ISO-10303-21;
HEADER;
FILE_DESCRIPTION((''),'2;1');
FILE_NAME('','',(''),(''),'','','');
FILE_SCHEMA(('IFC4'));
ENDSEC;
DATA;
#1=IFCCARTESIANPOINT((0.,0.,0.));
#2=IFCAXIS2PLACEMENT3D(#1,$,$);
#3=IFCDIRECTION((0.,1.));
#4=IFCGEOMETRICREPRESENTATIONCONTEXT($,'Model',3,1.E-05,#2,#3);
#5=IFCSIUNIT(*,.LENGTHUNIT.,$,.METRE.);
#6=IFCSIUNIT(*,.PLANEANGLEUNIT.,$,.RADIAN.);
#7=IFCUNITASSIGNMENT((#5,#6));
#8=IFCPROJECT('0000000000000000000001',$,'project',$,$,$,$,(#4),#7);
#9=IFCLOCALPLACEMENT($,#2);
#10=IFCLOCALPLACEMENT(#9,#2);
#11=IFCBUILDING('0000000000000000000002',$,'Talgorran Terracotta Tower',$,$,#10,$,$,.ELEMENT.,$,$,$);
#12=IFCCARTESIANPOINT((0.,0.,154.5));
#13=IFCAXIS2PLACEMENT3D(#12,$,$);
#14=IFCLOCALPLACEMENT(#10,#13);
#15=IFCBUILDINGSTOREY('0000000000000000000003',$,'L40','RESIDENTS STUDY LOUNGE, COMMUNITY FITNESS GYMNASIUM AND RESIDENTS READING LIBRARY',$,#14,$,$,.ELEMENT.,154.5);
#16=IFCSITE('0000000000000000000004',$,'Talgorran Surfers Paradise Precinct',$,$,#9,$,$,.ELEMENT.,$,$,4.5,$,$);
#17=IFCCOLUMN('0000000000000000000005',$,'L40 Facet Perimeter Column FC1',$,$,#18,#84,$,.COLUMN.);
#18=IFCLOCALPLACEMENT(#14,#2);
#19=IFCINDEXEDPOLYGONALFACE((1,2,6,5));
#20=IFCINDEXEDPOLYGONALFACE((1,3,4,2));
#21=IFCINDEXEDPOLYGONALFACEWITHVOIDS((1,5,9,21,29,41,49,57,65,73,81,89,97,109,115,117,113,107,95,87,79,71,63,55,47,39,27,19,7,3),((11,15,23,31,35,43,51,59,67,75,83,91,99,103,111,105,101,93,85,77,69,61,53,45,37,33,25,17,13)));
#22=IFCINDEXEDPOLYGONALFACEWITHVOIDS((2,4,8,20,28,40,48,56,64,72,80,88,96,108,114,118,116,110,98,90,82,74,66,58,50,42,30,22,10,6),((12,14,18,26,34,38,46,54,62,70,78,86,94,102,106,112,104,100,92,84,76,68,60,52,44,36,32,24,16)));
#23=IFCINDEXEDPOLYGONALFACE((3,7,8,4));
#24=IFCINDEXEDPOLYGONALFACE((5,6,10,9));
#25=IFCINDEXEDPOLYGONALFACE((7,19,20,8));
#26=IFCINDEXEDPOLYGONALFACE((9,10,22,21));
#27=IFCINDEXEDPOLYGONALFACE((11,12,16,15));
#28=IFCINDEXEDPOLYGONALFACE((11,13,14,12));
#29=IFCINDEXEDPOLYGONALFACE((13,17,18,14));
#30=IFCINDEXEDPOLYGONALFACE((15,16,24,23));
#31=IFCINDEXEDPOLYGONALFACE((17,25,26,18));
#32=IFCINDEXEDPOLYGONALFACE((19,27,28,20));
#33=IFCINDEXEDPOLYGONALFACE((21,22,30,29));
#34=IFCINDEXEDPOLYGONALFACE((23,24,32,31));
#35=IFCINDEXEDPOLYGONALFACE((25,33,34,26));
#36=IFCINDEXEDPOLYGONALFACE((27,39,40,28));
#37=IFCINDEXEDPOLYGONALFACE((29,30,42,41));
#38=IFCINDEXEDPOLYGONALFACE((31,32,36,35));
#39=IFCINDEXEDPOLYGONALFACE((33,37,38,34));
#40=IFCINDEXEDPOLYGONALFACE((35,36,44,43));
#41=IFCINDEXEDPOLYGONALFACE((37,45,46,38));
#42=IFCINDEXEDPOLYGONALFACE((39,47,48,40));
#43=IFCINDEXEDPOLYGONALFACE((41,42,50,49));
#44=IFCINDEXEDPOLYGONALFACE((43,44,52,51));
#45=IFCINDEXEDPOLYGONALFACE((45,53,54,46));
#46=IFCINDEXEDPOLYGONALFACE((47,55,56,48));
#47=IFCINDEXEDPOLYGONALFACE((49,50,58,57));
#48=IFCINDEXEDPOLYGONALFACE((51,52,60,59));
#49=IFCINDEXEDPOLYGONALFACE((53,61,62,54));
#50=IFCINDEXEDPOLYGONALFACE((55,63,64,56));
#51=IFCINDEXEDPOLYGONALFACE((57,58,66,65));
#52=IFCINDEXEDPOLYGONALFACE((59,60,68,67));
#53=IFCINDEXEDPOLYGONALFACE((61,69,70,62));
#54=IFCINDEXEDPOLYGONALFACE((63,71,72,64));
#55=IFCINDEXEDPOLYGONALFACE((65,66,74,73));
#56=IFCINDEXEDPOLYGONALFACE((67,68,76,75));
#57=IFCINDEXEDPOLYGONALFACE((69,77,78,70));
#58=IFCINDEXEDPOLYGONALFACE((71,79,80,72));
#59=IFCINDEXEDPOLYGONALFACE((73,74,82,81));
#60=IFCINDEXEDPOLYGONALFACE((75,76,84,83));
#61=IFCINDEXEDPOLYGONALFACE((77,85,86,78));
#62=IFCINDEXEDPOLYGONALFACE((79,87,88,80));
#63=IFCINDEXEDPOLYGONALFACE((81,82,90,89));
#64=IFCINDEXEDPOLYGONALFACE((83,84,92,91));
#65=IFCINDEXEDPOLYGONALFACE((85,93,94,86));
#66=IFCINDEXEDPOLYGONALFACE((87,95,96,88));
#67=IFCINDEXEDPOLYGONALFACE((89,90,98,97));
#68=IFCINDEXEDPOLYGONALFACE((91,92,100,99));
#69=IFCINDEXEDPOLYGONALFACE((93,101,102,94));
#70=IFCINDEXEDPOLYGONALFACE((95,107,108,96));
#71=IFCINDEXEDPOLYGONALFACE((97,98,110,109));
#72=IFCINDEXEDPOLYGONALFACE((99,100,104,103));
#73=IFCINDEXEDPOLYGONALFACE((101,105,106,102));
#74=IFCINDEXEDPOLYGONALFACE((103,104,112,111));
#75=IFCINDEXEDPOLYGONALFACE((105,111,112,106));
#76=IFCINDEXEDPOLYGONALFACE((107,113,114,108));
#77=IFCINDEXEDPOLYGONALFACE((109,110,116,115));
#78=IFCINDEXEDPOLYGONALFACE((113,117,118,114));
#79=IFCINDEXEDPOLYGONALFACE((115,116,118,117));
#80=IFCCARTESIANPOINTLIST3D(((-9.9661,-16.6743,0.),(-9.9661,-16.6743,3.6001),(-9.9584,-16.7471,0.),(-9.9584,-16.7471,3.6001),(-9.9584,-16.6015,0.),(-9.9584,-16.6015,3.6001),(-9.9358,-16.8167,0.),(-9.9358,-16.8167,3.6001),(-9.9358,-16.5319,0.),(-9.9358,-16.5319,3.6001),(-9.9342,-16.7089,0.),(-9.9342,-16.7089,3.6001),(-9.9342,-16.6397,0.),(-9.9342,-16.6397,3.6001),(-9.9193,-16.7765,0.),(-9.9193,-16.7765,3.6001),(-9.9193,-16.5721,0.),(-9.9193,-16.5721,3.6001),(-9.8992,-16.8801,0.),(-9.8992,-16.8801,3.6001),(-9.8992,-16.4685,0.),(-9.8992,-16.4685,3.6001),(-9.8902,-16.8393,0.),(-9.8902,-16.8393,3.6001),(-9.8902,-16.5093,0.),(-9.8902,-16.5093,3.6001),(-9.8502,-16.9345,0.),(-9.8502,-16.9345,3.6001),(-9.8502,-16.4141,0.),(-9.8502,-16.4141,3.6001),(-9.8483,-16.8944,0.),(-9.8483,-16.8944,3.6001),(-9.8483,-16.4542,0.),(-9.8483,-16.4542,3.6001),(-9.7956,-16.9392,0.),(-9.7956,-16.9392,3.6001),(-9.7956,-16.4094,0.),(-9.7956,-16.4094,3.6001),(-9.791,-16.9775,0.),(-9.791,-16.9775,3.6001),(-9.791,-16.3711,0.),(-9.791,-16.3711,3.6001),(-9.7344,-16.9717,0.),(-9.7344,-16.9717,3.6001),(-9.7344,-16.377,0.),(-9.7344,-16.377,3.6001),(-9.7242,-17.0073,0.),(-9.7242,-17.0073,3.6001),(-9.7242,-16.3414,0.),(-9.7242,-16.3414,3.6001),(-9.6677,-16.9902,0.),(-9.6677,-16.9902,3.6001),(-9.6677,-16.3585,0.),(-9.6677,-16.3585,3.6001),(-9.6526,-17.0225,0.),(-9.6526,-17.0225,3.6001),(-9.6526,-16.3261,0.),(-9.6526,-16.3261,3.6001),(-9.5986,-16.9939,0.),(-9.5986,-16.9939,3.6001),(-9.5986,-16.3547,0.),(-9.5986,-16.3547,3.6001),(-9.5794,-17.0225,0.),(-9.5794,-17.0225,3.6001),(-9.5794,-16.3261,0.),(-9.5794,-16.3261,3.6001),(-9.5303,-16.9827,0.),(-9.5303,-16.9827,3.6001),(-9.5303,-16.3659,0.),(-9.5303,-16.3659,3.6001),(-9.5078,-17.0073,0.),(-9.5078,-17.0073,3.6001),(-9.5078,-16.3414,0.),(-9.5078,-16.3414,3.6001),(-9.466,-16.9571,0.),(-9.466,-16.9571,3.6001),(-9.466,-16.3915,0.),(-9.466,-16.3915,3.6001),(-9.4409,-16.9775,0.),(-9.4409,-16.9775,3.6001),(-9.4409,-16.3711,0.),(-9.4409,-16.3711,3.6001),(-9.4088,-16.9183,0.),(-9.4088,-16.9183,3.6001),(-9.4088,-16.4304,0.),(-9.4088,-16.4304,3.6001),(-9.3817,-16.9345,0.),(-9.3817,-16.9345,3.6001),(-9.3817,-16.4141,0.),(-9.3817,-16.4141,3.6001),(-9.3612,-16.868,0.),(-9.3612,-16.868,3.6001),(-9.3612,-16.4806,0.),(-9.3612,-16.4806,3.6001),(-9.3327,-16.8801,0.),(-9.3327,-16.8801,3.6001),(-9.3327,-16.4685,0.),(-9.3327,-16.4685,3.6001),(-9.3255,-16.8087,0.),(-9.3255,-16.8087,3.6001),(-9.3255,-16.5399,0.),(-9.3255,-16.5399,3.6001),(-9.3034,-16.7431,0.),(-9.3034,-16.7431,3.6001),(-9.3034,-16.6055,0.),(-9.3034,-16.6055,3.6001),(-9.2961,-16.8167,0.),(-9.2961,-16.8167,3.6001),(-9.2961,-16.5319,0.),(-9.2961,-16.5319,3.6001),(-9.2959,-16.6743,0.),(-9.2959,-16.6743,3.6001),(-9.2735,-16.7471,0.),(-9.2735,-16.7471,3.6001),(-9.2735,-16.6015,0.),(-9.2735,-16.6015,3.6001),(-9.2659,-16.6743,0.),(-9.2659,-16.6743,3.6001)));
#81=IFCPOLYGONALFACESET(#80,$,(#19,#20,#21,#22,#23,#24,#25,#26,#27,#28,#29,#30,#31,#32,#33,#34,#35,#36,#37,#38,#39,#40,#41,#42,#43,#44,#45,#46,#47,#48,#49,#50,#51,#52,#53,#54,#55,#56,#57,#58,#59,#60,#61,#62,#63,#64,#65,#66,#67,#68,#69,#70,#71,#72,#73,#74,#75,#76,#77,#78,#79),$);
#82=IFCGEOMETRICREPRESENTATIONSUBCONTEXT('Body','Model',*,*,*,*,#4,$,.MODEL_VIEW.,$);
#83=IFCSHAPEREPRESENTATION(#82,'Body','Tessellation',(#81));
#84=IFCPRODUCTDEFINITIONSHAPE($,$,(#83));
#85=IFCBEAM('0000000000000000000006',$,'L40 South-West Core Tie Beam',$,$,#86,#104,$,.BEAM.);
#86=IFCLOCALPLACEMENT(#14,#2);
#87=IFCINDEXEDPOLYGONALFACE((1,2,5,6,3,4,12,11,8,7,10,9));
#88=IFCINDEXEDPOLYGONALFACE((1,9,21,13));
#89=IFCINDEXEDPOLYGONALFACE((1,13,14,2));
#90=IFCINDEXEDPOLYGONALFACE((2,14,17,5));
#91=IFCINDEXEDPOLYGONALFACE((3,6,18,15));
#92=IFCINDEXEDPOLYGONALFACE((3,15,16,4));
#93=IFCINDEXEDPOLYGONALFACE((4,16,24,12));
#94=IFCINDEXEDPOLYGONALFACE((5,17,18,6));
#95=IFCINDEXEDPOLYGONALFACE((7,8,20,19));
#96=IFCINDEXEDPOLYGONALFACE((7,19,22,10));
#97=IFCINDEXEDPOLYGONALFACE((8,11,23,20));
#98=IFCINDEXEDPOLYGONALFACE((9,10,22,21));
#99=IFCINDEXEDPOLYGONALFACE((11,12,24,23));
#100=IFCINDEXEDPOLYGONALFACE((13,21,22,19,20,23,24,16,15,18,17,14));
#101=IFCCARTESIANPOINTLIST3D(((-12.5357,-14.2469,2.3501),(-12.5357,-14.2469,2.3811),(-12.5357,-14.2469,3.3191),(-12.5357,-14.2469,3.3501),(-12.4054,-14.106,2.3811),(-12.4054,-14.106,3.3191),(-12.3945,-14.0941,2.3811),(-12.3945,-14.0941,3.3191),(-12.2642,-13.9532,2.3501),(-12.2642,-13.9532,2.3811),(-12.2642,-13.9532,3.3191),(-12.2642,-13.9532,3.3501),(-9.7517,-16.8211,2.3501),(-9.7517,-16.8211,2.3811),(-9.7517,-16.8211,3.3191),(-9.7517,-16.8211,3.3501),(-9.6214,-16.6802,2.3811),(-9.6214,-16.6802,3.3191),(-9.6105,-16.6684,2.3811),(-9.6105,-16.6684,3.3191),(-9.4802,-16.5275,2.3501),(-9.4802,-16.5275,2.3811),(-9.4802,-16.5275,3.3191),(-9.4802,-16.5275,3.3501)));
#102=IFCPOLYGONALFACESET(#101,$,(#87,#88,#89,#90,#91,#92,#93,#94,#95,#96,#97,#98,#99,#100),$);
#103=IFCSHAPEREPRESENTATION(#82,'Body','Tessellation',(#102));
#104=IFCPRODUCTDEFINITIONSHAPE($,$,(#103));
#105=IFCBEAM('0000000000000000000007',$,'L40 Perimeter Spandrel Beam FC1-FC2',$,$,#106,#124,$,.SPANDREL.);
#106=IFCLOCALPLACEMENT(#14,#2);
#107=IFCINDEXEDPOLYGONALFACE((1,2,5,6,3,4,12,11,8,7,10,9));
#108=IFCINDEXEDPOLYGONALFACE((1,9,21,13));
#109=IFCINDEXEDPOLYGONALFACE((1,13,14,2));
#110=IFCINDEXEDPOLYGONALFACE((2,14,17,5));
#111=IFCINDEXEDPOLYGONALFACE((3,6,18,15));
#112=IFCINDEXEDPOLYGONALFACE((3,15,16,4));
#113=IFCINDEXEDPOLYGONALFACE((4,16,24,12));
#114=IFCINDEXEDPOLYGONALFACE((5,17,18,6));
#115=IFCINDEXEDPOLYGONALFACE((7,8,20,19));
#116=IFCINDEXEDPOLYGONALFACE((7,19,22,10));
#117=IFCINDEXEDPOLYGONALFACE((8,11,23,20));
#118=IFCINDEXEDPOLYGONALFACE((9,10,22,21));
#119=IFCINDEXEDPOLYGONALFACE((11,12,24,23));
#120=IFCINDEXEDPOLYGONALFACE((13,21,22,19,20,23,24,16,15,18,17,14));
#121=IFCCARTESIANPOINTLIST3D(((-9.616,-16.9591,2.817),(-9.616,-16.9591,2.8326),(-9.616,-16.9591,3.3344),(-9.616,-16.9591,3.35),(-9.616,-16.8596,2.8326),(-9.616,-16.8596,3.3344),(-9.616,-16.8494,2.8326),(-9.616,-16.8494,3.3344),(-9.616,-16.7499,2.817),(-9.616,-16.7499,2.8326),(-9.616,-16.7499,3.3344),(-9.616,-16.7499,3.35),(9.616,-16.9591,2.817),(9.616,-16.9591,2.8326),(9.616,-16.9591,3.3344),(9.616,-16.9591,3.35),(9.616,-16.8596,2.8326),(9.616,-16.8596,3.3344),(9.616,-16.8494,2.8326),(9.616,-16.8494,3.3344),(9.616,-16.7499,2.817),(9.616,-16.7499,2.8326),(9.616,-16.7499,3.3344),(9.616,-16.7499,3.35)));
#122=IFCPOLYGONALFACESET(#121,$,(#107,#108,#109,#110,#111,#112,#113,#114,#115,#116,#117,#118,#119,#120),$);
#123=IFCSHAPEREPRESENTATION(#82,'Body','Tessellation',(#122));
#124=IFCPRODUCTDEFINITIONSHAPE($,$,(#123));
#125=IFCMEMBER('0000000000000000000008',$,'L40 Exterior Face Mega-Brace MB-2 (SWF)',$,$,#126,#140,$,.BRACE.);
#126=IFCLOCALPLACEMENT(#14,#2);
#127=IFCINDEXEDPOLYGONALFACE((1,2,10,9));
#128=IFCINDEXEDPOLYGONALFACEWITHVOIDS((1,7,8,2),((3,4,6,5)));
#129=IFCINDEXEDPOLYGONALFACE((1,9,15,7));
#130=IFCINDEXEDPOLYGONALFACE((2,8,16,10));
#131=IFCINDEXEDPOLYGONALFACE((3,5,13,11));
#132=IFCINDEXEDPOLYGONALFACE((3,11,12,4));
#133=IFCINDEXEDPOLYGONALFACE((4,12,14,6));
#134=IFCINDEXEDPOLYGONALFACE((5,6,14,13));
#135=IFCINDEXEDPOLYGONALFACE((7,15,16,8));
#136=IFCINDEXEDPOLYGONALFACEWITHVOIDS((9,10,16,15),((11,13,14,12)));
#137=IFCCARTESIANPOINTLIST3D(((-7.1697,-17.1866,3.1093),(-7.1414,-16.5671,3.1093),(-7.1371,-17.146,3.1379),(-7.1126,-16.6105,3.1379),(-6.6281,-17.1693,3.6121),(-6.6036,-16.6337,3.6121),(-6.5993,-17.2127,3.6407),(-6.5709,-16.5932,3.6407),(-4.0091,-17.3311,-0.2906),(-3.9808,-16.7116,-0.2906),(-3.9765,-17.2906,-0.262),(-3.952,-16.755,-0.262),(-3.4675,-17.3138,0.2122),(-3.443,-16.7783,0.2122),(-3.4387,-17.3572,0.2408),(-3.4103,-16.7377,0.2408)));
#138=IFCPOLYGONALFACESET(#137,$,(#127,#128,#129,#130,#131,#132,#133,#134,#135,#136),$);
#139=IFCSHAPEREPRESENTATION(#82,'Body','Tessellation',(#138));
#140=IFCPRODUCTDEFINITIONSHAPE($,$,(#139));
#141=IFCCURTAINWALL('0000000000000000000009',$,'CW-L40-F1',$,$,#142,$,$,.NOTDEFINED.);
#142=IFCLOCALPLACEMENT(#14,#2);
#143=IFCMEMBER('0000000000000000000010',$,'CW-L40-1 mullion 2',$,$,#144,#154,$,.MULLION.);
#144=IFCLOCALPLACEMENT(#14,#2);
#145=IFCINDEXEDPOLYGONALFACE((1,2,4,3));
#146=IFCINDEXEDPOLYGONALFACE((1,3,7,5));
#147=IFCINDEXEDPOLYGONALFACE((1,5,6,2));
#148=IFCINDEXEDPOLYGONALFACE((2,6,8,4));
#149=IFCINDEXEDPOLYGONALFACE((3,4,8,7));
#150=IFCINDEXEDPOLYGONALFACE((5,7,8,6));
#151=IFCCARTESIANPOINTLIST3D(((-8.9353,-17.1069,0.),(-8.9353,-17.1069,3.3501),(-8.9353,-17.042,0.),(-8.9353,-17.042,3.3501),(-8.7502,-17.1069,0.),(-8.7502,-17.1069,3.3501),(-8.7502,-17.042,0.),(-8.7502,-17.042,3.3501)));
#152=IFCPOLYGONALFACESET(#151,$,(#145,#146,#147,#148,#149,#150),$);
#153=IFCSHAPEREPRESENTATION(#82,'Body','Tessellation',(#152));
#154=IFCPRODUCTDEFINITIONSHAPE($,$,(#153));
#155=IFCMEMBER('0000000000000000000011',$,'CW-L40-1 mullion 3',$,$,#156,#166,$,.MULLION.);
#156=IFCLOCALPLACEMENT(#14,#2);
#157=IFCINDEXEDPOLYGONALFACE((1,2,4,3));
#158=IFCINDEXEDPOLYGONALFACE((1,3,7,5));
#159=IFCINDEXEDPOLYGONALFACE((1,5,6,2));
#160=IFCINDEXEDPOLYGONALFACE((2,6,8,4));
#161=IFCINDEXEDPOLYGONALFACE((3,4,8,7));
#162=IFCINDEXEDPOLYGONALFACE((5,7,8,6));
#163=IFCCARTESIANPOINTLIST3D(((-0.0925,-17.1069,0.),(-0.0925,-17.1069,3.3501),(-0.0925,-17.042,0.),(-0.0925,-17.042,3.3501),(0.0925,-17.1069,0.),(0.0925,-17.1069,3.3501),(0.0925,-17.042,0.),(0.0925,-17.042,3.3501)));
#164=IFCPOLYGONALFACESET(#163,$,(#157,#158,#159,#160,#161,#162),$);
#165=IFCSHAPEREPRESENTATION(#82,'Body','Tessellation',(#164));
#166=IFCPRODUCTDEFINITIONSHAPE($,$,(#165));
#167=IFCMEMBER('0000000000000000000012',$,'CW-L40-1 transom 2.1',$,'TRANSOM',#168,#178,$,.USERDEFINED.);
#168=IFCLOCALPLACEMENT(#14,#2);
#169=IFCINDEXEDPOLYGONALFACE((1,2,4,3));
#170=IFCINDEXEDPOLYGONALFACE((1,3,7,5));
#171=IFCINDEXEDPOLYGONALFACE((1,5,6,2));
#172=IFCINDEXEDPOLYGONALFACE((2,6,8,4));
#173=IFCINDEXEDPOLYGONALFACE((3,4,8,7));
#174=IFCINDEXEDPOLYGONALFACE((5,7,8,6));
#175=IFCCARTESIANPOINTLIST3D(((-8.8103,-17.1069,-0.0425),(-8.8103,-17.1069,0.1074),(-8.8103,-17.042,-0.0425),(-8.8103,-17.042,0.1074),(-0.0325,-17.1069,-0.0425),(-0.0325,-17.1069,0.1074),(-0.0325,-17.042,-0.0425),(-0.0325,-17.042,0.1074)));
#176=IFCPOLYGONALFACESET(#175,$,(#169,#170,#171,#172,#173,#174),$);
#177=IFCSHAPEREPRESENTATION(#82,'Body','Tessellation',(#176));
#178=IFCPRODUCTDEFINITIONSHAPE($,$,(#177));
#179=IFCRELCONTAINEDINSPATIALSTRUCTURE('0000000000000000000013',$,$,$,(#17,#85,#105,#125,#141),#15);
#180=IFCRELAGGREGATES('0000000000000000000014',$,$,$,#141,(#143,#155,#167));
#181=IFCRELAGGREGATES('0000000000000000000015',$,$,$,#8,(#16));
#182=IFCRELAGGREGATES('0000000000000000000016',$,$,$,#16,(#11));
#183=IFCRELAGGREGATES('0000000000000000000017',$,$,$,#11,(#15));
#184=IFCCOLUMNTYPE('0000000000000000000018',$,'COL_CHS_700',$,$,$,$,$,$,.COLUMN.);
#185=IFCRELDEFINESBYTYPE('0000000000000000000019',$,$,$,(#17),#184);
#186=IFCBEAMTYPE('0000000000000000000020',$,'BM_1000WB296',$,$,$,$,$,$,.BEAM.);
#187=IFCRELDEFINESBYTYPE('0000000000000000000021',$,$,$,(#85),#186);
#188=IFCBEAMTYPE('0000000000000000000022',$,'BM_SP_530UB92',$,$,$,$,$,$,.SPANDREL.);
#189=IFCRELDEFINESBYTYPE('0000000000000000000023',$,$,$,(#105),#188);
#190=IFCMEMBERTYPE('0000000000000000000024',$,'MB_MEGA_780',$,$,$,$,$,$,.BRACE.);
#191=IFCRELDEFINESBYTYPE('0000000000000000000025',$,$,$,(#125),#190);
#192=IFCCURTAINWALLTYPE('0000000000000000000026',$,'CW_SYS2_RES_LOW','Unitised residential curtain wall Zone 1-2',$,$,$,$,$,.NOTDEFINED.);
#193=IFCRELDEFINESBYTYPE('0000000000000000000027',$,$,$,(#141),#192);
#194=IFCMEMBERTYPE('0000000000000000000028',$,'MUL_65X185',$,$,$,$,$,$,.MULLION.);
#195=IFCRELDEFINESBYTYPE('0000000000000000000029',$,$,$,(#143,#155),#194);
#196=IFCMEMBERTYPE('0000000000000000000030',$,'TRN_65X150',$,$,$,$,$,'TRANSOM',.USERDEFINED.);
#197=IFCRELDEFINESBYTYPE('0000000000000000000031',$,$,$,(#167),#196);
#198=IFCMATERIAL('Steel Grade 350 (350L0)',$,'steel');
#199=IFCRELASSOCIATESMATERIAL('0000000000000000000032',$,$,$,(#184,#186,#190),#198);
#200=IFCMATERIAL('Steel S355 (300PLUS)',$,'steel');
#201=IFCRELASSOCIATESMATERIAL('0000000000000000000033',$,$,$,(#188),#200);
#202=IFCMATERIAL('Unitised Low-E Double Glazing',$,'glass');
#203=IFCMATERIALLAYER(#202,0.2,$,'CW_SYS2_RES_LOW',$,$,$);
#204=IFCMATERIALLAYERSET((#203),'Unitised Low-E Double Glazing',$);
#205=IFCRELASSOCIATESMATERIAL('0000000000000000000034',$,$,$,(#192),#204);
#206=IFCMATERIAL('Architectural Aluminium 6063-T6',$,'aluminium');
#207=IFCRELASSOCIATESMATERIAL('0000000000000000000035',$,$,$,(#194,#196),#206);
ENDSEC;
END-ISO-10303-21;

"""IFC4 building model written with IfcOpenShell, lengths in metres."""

from ifc_helpers import new_model, si_unit, direction, frame, origin, origin_2d, place, context, subcontext, project, spatial, rectangle, hollow_rectangle, hollow_circle, i_section, extrude, material, layer, layer_set, material_profile, profile_set, type_object, element, aggregate, save


model = new_model("IFC4")

# Units and contexts
model_context = context("Model", 3, precision=1e-05, world=origin(), true_north=direction((0.0, 1.0)))
body_context = subcontext(model_context, "Body", "Model", "MODEL_VIEW")
ifc_project = project(units=[si_unit("LENGTHUNIT", "METRE"), si_unit("PLANEANGLEUNIT", "RADIAN")], contexts=[model_context])

# Site, building, storey
site_placement = place(None, origin())
site = spatial("IfcSite", under=ifc_project, at=site_placement, Name="Talgorran Surfers Paradise Precinct", CompositionType="ELEMENT", RefElevation=4.5)
building_placement = place(site_placement, origin())
building = spatial("IfcBuilding", under=site, at=building_placement, Name="Talgorran Terracotta Tower", CompositionType="ELEMENT")
storey_placement = place(building_placement, frame((0.0, 0.0, 154.5)))
storey = spatial("IfcBuildingStorey", under=building, at=storey_placement, Name="L40", Description="RESIDENTS STUDY LOUNGE, COMMUNITY FITNESS GYMNASIUM AND RESIDENTS READING LIBRARY", CompositionType="ELEMENT", Elevation=154.5)

# Column
ifc_material_1 = material(Name="Steel Grade 350 (350L0)", Category="steel")
ifc_material_profile_1 = material_profile(ifc_material_1, hollow_circle(Radius=0.3501, WallThickness=0.03, at=origin_2d()), Name="CHS700X30")
ifc_profile_set_1 = profile_set([ifc_material_profile_1], Name="Steel Grade 350 (350L0)")
column_type = type_object("IfcColumnType", Name="COL_CHS_700", PredefinedType="COLUMN", material=ifc_profile_set_1)
column_placement = place(storey_placement, frame((-9.616, -16.6743, 0.0), z_axis=(0.0, 0.0, 1.0), x_axis=(1.0, 0.0, 0.0)))
element("IfcColumn", 1, at=column_placement, inside=storey, type_object=column_type, Name="L40 Facet Perimeter Column FC1", PredefinedType="COLUMN", context=body_context, shape_type="SweptSolid", body=[
    extrude(hollow_circle(Radius=0.3501, WallThickness=0.03, at=origin_2d()), origin(), (0.0, 0.0, 1.0), 3.6001),
])

# Beams
ifc_material_profile_2 = material_profile(ifc_material_1, i_section(OverallWidth=0.3999, OverallDepth=1.0, WebThickness=0.0161, FlangeThickness=0.031, at=origin_2d()), Name="1000WB296")
ifc_profile_set_2 = profile_set([ifc_material_profile_2], Name="Steel Grade 350 (350L0)")
beam_type_1 = type_object("IfcBeamType", Name="BM_1000WB296", PredefinedType="BEAM", material=ifc_profile_set_2)
beam_1_placement = place(storey_placement, frame((-9.616, -16.6743, 2.8501), z_axis=(-0.734221, 0.678911, 0.0), x_axis=(-0.678911, -0.734221, 0.0)))
element("IfcBeam", 2, at=beam_1_placement, inside=storey, type_object=beam_type_1, Name="L40 South-West Core Tie Beam", PredefinedType="BEAM", context=body_context, shape_type="SweptSolid", body=[
    extrude(i_section(OverallWidth=0.3999, OverallDepth=1.0, WebThickness=0.0161, FlangeThickness=0.031, at=origin_2d()), origin(), (0.0, 0.0, 1.0), 3.7917),
])
ifc_material_2 = material(Name="Steel S355 (300PLUS)", Category="steel")
ifc_material_profile_3 = material_profile(ifc_material_2, i_section(OverallWidth=0.2092, OverallDepth=0.533, WebThickness=0.0103, FlangeThickness=0.0156, at=origin_2d()), Name="530UB92.4")
ifc_profile_set_3 = profile_set([ifc_material_profile_3], Name="Steel S355 (300PLUS)")
beam_type_2 = type_object("IfcBeamType", Name="BM_SP_530UB92", PredefinedType="SPANDREL", material=ifc_profile_set_3)
beam_2_placement = place(storey_placement, frame((-9.616, -16.8545, 3.0835), z_axis=(1.0, 0.0, 0.0), x_axis=(0.0, 1.0, 0.0)))
element("IfcBeam", 3, at=beam_2_placement, inside=storey, type_object=beam_type_2, Name="L40 Perimeter Spandrel Beam FC1-FC2", PredefinedType="SPANDREL", context=body_context, shape_type="SweptSolid", body=[
    extrude(i_section(OverallWidth=0.2092, OverallDepth=0.533, WebThickness=0.0103, FlangeThickness=0.0156, at=origin_2d()), origin(), (0.0, 0.0, 1.0), 19.2319),
])

# Member
ifc_material_profile_4 = material_profile(ifc_material_1, hollow_rectangle(XDim=0.6201, YDim=0.78, WallThickness=0.042, at=origin_2d()), Name="WBOX780X620X42")
ifc_profile_set_4 = profile_set([ifc_material_profile_4], Name="Steel Grade 350 (350L0)")
member_type_1 = type_object("IfcMemberType", Name="MB_MEGA_780", PredefinedType="BRACE", material=ifc_profile_set_4)
member_1_placement = place(storey_placement, frame((-3.7097, -17.0344, -0.0249), z_axis=(-0.680537, 0.03112, 0.732053), x_axis=(-0.045681, -0.998956, 0.0)))
element("IfcMember", 4, at=member_1_placement, inside=storey, type_object=member_type_1, Name="L40 Exterior Face Mega-Brace MB-2 (SWF)", PredefinedType="BRACE", context=body_context, shape_type="SweptSolid", body=[
    extrude(hollow_rectangle(XDim=0.6201, YDim=0.78, WallThickness=0.042, at=origin_2d()), origin(), (0.0, 0.0, 1.0), 4.6443),
])

# Curtain wall, members
ifc_material_3 = material(Name="Unitised Low-E Double Glazing", Category="glass")
ifc_layer_1 = layer(ifc_material_3, 0.2, Name="CW_SYS2_RES_LOW")
ifc_layer_set_1 = layer_set([ifc_layer_1], Name="Unitised Low-E Double Glazing")
curtain_wall_type = type_object("IfcCurtainWallType", Name="CW_SYS2_RES_LOW", Description="Unitised residential curtain wall Zone 1-2", PredefinedType="NOTDEFINED", material=ifc_layer_set_1)
curtain_wall_placement = place(storey_placement, origin())
curtain_wall = element("IfcCurtainWall", 5, at=curtain_wall_placement, inside=storey, type_object=curtain_wall_type, Name="CW-L40-F1", PredefinedType="NOTDEFINED")
ifc_material_4 = material(Name="Architectural Aluminium 6063-T6", Category="aluminium")
ifc_material_profile_5 = material_profile(ifc_material_4, rectangle(XDim=0.0649, YDim=0.1851, at=origin_2d()), Name="CWM65X185")
ifc_profile_set_5 = profile_set([ifc_material_profile_5], Name="Architectural Aluminium 6063-T6")
member_type_2 = type_object("IfcMemberType", Name="MUL_65X185", PredefinedType="MULLION", material=ifc_profile_set_5)
member_2_placement = place(storey_placement, frame((-8.8428, -17.0745, 0.0), z_axis=(0.0, 0.0, 1.0), x_axis=(0.0, 1.0, 0.0)))
member_2 = element("IfcMember", 6, at=member_2_placement, type_object=member_type_2, Name="CW-L40-1 mullion 2", PredefinedType="MULLION", context=body_context, shape_type="SweptSolid", body=[
    extrude(rectangle(XDim=0.0649, YDim=0.1851, at=origin_2d()), origin(), (0.0, 0.0, 1.0), 3.3501),
])
member_3_placement = place(storey_placement, frame((0.0, -17.0745, 0.0), z_axis=(0.0, 0.0, 1.0), x_axis=(0.0, 1.0, 0.0)))
member_3 = element("IfcMember", 7, at=member_3_placement, type_object=member_type_2, Name="CW-L40-1 mullion 3", PredefinedType="MULLION", context=body_context, shape_type="SweptSolid", body=[
    extrude(rectangle(XDim=0.0649, YDim=0.1851, at=origin_2d()), origin(), (0.0, 0.0, 1.0), 3.3501),
])
ifc_material_profile_6 = material_profile(ifc_material_4, rectangle(XDim=0.0649, YDim=0.1499, at=origin_2d()), Name="CWT65X150")
ifc_profile_set_6 = profile_set([ifc_material_profile_6], Name="Architectural Aluminium 6063-T6")
member_type_3 = type_object("IfcMemberType", Name="TRN_65X150", ElementType="TRANSOM", PredefinedType="USERDEFINED", material=ifc_profile_set_6)
member_4_placement = place(storey_placement, frame((-8.8103, -17.0745, 0.0325), z_axis=(1.0, 0.0, 0.0), x_axis=(0.0, 1.0, 0.0)))
member_4 = element("IfcMember", 8, at=member_4_placement, type_object=member_type_3, Name="CW-L40-1 transom 2.1", ObjectType="TRANSOM", PredefinedType="USERDEFINED", context=body_context, shape_type="SweptSolid", body=[
    extrude(rectangle(XDim=0.0649, YDim=0.1499, at=origin_2d()), origin(), (0.0, 0.0, 1.0), 8.7778),
])

aggregate(curtain_wall, [member_2, member_3, member_4])

save(model, "model.ifc")
